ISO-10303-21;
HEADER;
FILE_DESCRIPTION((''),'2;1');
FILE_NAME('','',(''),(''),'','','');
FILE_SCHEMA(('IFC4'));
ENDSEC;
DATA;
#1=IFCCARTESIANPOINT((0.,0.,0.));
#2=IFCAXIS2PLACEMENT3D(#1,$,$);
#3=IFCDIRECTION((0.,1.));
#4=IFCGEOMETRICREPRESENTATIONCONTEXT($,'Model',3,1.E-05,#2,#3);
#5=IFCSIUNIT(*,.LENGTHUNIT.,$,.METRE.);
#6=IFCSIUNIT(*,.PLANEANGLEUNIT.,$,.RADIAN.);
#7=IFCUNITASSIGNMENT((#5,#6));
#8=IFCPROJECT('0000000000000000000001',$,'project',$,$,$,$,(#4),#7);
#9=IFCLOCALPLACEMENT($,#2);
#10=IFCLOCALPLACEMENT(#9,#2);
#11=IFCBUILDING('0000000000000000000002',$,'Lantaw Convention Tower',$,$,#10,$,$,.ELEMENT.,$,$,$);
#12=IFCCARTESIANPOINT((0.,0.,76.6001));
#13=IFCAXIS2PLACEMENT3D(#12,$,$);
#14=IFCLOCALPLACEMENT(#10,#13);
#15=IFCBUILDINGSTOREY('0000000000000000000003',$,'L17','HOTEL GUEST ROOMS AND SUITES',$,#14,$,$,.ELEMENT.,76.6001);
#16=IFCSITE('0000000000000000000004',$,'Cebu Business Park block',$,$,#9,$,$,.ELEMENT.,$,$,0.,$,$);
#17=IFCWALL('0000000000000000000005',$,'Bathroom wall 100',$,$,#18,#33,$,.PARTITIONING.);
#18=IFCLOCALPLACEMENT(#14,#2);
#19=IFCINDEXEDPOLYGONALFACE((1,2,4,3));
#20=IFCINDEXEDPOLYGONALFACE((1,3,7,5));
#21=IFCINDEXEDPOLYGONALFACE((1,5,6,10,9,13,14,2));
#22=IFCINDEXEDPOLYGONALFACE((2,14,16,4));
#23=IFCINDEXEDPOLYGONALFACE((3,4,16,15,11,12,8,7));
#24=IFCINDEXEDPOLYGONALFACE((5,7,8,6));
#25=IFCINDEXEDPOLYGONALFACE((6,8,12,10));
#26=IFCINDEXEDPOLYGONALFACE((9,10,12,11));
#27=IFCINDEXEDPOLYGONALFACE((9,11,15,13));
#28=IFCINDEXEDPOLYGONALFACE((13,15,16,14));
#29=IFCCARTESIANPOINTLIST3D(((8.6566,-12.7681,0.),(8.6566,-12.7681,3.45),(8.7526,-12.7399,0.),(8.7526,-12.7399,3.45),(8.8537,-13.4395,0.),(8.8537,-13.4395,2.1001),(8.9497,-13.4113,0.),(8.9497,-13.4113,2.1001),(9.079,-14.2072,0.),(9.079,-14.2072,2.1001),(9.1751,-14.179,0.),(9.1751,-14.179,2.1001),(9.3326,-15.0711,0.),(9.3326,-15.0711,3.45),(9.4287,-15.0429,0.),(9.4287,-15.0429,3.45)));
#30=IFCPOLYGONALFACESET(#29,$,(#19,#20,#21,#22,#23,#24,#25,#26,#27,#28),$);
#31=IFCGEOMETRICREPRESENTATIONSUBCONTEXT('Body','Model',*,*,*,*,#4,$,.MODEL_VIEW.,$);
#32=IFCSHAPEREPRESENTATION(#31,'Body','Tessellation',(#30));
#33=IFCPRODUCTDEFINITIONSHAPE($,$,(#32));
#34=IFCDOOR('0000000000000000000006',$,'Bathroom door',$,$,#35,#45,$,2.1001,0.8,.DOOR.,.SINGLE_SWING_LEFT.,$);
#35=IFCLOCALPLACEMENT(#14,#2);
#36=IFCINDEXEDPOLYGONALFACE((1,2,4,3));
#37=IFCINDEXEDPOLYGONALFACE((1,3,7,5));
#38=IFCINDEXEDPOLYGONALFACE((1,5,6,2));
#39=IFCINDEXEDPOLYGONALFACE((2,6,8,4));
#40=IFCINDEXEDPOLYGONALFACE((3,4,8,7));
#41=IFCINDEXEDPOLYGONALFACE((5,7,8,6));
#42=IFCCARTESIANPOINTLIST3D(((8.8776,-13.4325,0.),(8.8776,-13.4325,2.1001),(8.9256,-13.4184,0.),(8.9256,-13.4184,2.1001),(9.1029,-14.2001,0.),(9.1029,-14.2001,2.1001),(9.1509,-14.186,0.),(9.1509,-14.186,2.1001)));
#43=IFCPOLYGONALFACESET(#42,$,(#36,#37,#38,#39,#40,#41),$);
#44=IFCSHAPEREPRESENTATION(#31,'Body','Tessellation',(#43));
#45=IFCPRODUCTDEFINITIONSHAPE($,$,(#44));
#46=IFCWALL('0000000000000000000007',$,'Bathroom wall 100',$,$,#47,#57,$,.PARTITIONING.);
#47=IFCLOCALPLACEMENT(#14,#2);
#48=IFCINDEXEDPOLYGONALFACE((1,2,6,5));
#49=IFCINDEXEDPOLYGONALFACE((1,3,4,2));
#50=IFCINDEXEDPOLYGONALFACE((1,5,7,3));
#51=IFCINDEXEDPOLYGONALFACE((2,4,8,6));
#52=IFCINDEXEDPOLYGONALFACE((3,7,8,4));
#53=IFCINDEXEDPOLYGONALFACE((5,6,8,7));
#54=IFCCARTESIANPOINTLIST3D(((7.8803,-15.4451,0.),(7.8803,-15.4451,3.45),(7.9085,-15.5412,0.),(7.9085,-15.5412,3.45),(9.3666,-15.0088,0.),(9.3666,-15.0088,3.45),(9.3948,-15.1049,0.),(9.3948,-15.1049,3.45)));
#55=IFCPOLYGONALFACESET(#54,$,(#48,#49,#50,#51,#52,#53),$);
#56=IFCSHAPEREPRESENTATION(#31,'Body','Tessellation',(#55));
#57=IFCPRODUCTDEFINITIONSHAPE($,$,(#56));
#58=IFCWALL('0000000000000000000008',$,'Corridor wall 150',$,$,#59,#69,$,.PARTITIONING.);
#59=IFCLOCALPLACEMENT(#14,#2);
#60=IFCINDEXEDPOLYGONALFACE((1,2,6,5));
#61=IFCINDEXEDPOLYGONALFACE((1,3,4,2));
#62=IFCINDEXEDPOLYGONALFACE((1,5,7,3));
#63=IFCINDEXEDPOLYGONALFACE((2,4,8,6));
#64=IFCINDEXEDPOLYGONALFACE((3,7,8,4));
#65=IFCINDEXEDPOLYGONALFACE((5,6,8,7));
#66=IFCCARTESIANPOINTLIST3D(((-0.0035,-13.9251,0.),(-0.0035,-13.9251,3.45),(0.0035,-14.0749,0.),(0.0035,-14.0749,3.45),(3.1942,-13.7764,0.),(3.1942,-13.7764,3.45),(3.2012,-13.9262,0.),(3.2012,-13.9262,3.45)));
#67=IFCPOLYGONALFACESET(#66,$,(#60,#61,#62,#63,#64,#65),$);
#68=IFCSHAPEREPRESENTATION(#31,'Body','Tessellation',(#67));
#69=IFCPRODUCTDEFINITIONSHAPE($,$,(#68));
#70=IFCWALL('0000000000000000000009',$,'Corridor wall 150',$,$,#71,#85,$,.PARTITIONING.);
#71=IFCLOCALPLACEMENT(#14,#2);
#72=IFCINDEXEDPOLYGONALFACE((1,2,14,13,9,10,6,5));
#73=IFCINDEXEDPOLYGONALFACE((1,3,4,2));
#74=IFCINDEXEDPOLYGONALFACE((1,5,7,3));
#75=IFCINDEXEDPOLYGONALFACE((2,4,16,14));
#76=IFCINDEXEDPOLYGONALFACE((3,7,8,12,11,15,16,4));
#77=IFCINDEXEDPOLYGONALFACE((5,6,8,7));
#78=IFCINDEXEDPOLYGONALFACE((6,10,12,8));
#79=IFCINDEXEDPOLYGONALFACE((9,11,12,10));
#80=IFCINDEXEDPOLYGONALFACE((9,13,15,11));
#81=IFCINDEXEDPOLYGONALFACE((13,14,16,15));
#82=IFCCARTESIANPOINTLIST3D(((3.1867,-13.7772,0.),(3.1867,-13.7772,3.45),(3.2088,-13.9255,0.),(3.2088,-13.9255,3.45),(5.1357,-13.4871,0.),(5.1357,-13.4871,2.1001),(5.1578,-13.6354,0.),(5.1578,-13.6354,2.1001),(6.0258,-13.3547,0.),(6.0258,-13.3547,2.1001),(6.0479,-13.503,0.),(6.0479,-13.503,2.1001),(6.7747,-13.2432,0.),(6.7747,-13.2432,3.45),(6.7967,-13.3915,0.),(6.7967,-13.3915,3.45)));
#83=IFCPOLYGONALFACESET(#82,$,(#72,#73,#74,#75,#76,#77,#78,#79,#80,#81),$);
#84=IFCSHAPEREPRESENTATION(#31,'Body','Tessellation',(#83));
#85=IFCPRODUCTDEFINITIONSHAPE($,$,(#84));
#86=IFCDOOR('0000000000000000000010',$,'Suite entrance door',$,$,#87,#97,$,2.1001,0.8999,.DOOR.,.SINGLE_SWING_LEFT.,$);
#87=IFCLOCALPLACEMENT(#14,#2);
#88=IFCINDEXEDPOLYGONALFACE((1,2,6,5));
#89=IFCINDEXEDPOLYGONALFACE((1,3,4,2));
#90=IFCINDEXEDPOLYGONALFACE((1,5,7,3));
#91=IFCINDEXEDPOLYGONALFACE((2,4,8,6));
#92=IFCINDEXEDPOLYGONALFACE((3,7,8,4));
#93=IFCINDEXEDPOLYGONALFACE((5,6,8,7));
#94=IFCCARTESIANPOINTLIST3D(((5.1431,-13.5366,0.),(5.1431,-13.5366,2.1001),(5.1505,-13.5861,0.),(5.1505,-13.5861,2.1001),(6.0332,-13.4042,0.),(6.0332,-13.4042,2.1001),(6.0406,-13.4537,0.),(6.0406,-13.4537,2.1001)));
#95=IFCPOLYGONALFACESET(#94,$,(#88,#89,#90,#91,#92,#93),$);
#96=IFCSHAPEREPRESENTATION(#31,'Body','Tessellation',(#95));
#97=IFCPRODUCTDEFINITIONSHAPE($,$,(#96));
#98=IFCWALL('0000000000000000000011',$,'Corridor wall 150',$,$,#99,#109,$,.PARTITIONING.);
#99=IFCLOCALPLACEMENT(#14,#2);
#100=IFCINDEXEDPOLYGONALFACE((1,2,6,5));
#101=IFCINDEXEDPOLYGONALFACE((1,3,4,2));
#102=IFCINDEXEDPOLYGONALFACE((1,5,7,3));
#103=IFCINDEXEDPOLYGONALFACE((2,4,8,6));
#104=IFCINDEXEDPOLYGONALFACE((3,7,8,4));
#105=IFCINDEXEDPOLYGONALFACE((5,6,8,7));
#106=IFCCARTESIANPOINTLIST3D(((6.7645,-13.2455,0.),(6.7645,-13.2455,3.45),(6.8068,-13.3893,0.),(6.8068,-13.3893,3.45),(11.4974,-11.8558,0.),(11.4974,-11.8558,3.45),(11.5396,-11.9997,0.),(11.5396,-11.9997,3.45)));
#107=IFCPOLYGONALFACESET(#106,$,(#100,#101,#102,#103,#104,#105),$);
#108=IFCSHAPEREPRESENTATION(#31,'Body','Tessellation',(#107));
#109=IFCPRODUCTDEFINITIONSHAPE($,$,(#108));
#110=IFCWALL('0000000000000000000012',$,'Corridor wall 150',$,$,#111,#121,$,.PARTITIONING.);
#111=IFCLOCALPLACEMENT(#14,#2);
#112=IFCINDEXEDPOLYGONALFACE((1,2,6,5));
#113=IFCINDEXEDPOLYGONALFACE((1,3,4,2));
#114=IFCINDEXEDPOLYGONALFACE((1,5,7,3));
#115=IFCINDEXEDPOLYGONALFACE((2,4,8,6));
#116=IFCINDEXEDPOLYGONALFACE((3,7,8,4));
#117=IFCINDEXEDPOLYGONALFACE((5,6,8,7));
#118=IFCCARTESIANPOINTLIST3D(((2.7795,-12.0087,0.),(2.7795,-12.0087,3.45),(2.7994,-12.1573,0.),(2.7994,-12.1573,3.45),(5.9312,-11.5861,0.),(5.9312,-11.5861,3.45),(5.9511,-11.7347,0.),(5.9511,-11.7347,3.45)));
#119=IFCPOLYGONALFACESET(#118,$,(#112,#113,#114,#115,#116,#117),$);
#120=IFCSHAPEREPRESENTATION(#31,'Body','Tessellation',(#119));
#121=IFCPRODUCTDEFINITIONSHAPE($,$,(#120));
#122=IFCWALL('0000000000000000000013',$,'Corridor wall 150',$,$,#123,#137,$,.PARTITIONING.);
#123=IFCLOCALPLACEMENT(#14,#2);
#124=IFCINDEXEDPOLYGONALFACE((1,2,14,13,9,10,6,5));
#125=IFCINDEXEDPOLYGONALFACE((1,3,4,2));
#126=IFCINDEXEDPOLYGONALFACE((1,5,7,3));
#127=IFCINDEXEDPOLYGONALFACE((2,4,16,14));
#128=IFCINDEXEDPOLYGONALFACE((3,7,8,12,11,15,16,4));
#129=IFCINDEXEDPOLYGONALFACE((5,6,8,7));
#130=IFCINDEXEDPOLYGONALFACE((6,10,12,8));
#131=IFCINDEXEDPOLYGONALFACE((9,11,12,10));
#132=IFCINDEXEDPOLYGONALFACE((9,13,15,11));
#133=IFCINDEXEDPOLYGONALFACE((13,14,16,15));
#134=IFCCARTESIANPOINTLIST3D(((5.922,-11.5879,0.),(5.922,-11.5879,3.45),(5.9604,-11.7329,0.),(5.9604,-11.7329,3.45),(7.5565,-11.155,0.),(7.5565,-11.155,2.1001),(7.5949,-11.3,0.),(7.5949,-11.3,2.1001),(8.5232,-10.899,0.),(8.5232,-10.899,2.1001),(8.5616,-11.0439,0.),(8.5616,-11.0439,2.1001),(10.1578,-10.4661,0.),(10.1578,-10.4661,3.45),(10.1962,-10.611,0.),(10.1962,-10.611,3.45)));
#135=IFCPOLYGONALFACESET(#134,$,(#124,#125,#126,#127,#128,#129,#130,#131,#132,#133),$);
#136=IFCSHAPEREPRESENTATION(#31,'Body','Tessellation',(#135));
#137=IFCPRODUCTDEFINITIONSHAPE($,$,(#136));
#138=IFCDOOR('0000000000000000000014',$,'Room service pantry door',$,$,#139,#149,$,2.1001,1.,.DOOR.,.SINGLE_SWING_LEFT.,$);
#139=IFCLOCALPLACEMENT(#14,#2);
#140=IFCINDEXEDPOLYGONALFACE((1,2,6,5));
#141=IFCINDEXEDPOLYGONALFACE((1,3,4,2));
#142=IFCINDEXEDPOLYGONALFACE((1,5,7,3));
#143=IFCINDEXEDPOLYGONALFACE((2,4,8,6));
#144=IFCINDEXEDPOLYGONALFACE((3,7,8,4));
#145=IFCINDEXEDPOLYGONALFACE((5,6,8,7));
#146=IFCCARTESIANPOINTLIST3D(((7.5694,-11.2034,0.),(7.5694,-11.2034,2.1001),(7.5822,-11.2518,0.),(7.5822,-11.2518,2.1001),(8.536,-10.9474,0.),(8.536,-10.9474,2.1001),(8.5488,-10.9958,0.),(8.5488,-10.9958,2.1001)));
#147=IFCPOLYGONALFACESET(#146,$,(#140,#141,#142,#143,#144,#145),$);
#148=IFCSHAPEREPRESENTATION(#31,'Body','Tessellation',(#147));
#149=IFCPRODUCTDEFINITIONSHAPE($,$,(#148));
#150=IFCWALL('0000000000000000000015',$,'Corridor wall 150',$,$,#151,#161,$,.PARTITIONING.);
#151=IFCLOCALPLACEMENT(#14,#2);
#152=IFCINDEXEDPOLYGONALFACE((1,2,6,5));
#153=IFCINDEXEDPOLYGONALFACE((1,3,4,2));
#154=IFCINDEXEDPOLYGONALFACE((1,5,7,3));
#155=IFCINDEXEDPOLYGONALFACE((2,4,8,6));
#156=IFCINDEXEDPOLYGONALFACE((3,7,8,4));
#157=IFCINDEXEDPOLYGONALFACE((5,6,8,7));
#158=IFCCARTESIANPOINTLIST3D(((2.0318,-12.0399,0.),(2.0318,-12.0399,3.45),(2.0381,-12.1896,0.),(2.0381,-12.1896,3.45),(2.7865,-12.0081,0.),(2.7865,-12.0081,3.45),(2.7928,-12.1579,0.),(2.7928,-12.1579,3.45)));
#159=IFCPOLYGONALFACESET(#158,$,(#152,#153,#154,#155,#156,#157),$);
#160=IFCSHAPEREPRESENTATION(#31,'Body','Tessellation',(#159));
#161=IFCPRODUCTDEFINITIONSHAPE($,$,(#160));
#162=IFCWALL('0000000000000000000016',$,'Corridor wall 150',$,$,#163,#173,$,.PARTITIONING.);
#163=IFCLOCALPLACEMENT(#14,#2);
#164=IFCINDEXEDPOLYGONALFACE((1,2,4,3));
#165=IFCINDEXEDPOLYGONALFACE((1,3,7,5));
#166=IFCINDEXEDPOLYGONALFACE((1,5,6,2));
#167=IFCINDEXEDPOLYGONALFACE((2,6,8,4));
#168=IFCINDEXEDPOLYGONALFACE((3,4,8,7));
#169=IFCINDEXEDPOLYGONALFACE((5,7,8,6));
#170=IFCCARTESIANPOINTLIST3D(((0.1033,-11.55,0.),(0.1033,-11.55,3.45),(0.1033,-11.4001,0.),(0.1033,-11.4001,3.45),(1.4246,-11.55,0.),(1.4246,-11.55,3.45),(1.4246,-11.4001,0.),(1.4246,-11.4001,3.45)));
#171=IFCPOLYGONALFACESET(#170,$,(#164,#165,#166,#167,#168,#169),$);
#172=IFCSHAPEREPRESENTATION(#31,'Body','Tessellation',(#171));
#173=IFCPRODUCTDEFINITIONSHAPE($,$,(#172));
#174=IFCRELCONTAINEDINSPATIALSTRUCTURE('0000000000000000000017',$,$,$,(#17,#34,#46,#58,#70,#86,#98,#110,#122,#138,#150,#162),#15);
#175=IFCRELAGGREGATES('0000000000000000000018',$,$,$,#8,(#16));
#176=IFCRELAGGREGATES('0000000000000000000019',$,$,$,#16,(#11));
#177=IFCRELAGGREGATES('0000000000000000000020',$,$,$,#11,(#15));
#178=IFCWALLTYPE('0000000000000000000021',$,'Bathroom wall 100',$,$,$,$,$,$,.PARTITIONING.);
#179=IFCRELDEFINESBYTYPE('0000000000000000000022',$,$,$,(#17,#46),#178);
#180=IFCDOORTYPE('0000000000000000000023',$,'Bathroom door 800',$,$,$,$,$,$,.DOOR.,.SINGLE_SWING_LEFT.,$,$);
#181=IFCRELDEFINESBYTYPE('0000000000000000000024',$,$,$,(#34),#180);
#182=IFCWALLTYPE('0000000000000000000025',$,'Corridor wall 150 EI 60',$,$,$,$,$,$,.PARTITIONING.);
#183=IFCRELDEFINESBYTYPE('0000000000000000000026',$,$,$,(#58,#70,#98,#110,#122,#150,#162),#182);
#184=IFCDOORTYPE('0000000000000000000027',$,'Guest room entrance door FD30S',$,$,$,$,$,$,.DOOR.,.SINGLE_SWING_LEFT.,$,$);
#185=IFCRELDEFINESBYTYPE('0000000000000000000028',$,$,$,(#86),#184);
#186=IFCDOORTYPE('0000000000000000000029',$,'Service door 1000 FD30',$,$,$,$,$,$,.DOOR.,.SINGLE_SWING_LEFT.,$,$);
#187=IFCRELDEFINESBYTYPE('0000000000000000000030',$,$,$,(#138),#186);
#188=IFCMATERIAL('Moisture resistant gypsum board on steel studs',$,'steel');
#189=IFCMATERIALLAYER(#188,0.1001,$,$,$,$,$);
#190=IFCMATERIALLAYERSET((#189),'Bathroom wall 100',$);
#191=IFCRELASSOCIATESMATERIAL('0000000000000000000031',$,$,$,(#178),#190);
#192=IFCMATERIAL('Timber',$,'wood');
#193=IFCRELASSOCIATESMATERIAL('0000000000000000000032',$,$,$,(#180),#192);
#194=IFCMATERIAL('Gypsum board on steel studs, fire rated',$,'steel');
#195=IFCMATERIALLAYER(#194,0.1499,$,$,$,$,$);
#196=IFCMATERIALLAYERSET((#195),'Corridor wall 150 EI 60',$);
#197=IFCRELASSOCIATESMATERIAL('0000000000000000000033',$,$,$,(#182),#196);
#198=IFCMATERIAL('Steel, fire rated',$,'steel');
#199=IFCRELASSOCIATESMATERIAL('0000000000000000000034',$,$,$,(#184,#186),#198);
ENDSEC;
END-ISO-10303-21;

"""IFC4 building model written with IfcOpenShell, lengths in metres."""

from ifc_helpers import new_model, si_unit, direction, frame, frame_2d, origin, place, context, subcontext, project, spatial, rectangle, extrude, material, layer, layer_set, type_object, element, fill, save


model = new_model("IFC4")

# Units and contexts
model_context = context("Model", 3, precision=1e-05, world=origin(), true_north=direction((0.0, 1.0)))
body_context = subcontext(model_context, "Body", "Model", "MODEL_VIEW")
ifc_project = project(units=[si_unit("LENGTHUNIT", "METRE"), si_unit("PLANEANGLEUNIT", "RADIAN")], contexts=[model_context])

# Site, building, storey
site_placement = place(None, origin())
site = spatial("IfcSite", under=ifc_project, at=site_placement, Name="Cebu Business Park block", CompositionType="ELEMENT", RefElevation=0.0)
building_placement = place(site_placement, origin())
building = spatial("IfcBuilding", under=site, at=building_placement, Name="Lantaw Convention Tower", CompositionType="ELEMENT")
storey_placement = place(building_placement, frame((0.0, 0.0, 76.6001)))
storey = spatial("IfcBuildingStorey", under=building, at=storey_placement, Name="L17", Description="HOTEL GUEST ROOMS AND SUITES", CompositionType="ELEMENT", Elevation=76.6001)

# Shared definitions
ifc_material_1 = material(Name="Moisture resistant gypsum board on steel studs", Category="steel")
ifc_layer_1 = layer(ifc_material_1, 0.1001)
ifc_layer_set_1 = layer_set([ifc_layer_1], Name="Bathroom wall 100")
wall_type_1 = type_object("IfcWallType", Name="Bathroom wall 100", PredefinedType="PARTITIONING", material=ifc_layer_set_1)
ifc_material_2 = material(Name="Timber", Category="wood")
door_type_1 = type_object("IfcDoorType", Name="Bathroom door 800", OperationType="SINGLE_SWING_LEFT", PredefinedType="DOOR", material=ifc_material_2)

# Wall, opening, door
wall_1_placement = place(storey_placement, frame((8.7046, -12.7539, 0.0), z_axis=(0.0, 0.0, 1.0), x_axis=(0.28166, -0.959514, 0.0)))
wall_1 = element("IfcWall", 1, at=wall_1_placement, inside=storey, type_object=wall_type_1, Name="Bathroom wall 100", PredefinedType="PARTITIONING", context=body_context, shape_type="SweptSolid", body=[
    extrude(rectangle(XDim=2.4001, YDim=0.1001, at=frame_2d((1.2002, 0.0))), origin(), (0.0, 0.0, 1.0), 3.45),
])
opening_1_placement = place(wall_1_placement, frame((0.7, 0.0, 0.0)))
opening_1 = element("IfcOpeningElement", 2, at=opening_1_placement, cuts=wall_1, PredefinedType="OPENING", context=body_context, shape_type="SweptSolid", body=[
    extrude(rectangle(XDim=0.8, YDim=2.1001, at=frame_2d((0.3999, 1.05))), frame((0.0, 0.0601, 0.0), z_axis=(0.0, -1.0, 0.0), x_axis=(1.0, 0.0, 0.0)), (0.0, 0.0, 1.0), 0.1201),
])
door_1_placement = place(opening_1_placement, origin())
door_1 = element("IfcDoor", 3, at=door_1_placement, inside=storey, type_object=door_type_1, Name="Bathroom door", OperationType="SINGLE_SWING_LEFT", OverallHeight=2.1001, OverallWidth=0.8, PredefinedType="DOOR", context=body_context, shape_type="SweptSolid", body=[
    extrude(rectangle(XDim=0.8, YDim=2.1001, at=frame_2d((0.3999, 1.05))), frame((0.0, 0.0249, 0.0), z_axis=(0.0, -1.0, 0.0), x_axis=(1.0, 0.0, 0.0)), (0.0, 0.0, 1.0), 0.05),
])
fill(opening_1, door_1)

# Walls
wall_2_placement = place(storey_placement, frame((9.3806, -15.0569, 0.0), z_axis=(0.0, 0.0, 1.0), x_axis=(-0.959518, -0.281646, 0.0)))
element("IfcWall", 4, at=wall_2_placement, inside=storey, type_object=wall_type_1, Name="Bathroom wall 100", PredefinedType="PARTITIONING", context=body_context, shape_type="SweptSolid", body=[
    extrude(rectangle(XDim=1.5491, YDim=0.1001, at=frame_2d((0.7744, 0.0))), origin(), (0.0, 0.0, 1.0), 3.45),
])
ifc_material_3 = material(Name="Gypsum board on steel studs, fire rated", Category="steel")
ifc_layer_2 = layer(ifc_material_3, 0.1499)
ifc_layer_set_2 = layer_set([ifc_layer_2], Name="Corridor wall 150 EI 60")
wall_type_2 = type_object("IfcWallType", Name="Corridor wall 150 EI 60", PredefinedType="PARTITIONING", material=ifc_layer_set_2)
wall_3_placement = place(storey_placement, frame((0.0, -14.0, 0.0), z_axis=(0.0, 0.0, 1.0), x_axis=(0.998921, 0.046445, 0.0)))
element("IfcWall", 5, at=wall_3_placement, inside=storey, type_object=wall_type_2, Name="Corridor wall 150", PredefinedType="PARTITIONING", context=body_context, shape_type="SweptSolid", body=[
    extrude(rectangle(XDim=3.2012, YDim=0.1499, at=frame_2d((1.6006, 0.0))), origin(), (0.0, 0.0, 1.0), 3.45),
])

# Wall, opening, door
wall_4_placement = place(storey_placement, frame((3.1978, -13.8513, 0.0), z_axis=(0.0, 0.0, 1.0), x_axis=(0.989107, 0.147195, 0.0)))
wall_4 = element("IfcWall", 6, at=wall_4_placement, inside=storey, type_object=wall_type_2, Name="Corridor wall 150", PredefinedType="PARTITIONING", context=body_context, shape_type="SweptSolid", body=[
    extrude(rectangle(XDim=3.6274, YDim=0.1499, at=frame_2d((1.8137, 0.0))), origin(), (0.0, 0.0, 1.0), 3.45),
])
opening_2_placement = place(wall_4_placement, frame((1.9705, 0.0, 0.0)))
opening_2 = element("IfcOpeningElement", 7, at=opening_2_placement, cuts=wall_4, PredefinedType="OPENING", context=body_context, shape_type="SweptSolid", body=[
    extrude(rectangle(XDim=0.8999, YDim=2.1001, at=frame_2d((0.45, 1.05))), frame((0.0, 0.085, 0.0), z_axis=(0.0, -1.0, 0.0), x_axis=(1.0, 0.0, 0.0)), (0.0, 0.0, 1.0), 0.1699),
])
ifc_material_4 = material(Name="Steel, fire rated", Category="steel")
door_type_2 = type_object("IfcDoorType", Name="Guest room entrance door FD30S", OperationType="SINGLE_SWING_LEFT", PredefinedType="DOOR", material=ifc_material_4)
door_2_placement = place(opening_2_placement, origin())
door_2 = element("IfcDoor", 8, at=door_2_placement, inside=storey, type_object=door_type_2, Name="Suite entrance door", OperationType="SINGLE_SWING_LEFT", OverallHeight=2.1001, OverallWidth=0.8999, PredefinedType="DOOR", context=body_context, shape_type="SweptSolid", body=[
    extrude(rectangle(XDim=0.8999, YDim=2.1001, at=frame_2d((0.45, 1.05))), frame((0.0, 0.0249, 0.0), z_axis=(0.0, -1.0, 0.0), x_axis=(1.0, 0.0, 0.0)), (0.0, 0.0, 1.0), 0.05),
])
fill(opening_2, door_2)

# Walls
wall_5_placement = place(storey_placement, frame((6.7856, -13.3174, 0.0), z_axis=(0.0, 0.0, 1.0), x_axis=(0.959496, 0.281721, 0.0)))
element("IfcWall", 9, at=wall_5_placement, inside=storey, type_object=wall_type_2, Name="Corridor wall 150", PredefinedType="PARTITIONING", context=body_context, shape_type="SweptSolid", body=[
    extrude(rectangle(XDim=4.9326, YDim=0.1499, at=frame_2d((2.4663, 0.0))), origin(), (0.0, 0.0, 1.0), 3.45),
])
wall_6_placement = place(storey_placement, frame((2.7896, -12.083, 0.0), z_axis=(0.0, 0.0, 1.0), x_axis=(0.991129, 0.132903, 0.0)))
element("IfcWall", 10, at=wall_6_placement, inside=storey, type_object=wall_type_2, Name="Corridor wall 150", PredefinedType="PARTITIONING", context=body_context, shape_type="SweptSolid", body=[
    extrude(rectangle(XDim=3.1799, YDim=0.1499, at=frame_2d((1.5898, 0.0))), origin(), (0.0, 0.0, 1.0), 3.45),
])

# Wall, opening, door
wall_7_placement = place(storey_placement, frame((5.9412, -11.6604, 0.0), z_axis=(0.0, 0.0, 1.0), x_axis=(0.966673, 0.256015, 0.0)))
wall_7 = element("IfcWall", 11, at=wall_7_placement, inside=storey, type_object=wall_type_2, Name="Corridor wall 150", PredefinedType="PARTITIONING", context=body_context, shape_type="SweptSolid", body=[
    extrude(rectangle(XDim=4.3818, YDim=0.1499, at=frame_2d((2.1909, 0.0))), origin(), (0.0, 0.0, 1.0), 3.45),
])
opening_3_placement = place(wall_7_placement, frame((1.6909, 0.0, 0.0)))
opening_3 = element("IfcOpeningElement", 12, at=opening_3_placement, cuts=wall_7, PredefinedType="OPENING", context=body_context, shape_type="SweptSolid", body=[
    extrude(rectangle(XDim=1.0, YDim=2.1001, at=frame_2d((0.5, 1.05))), frame((0.0, 0.085, 0.0), z_axis=(0.0, -1.0, 0.0), x_axis=(1.0, 0.0, 0.0)), (0.0, 0.0, 1.0), 0.1699),
])
door_type_3 = type_object("IfcDoorType", Name="Service door 1000 FD30", OperationType="SINGLE_SWING_LEFT", PredefinedType="DOOR", material=ifc_material_4)
door_3_placement = place(opening_3_placement, origin())
door_3 = element("IfcDoor", 13, at=door_3_placement, inside=storey, type_object=door_type_3, Name="Room service pantry door", OperationType="SINGLE_SWING_LEFT", OverallHeight=2.1001, OverallWidth=1.0, PredefinedType="DOOR", context=body_context, shape_type="SweptSolid", body=[
    extrude(rectangle(XDim=1.0, YDim=2.1001, at=frame_2d((0.5, 1.05))), frame((0.0, 0.0249, 0.0), z_axis=(0.0, -1.0, 0.0), x_axis=(1.0, 0.0, 0.0)), (0.0, 0.0, 1.0), 0.05),
])
fill(opening_3, door_3)

# Walls
wall_8_placement = place(storey_placement, frame((2.0349, -12.1147, 0.0), z_axis=(0.0, 0.0, 1.0), x_axis=(0.999117, 0.04202, 0.0)))
element("IfcWall", 14, at=wall_8_placement, inside=storey, type_object=wall_type_2, Name="Corridor wall 150", PredefinedType="PARTITIONING", context=body_context, shape_type="SweptSolid", body=[
    extrude(rectangle(XDim=0.7554, YDim=0.1499, at=frame_2d((0.3777, 0.0))), origin(), (0.0, 0.0, 1.0), 3.45),
])
wall_9_placement = place(storey_placement, frame((0.1033, -11.4751, 0.0), z_axis=(0.0, 0.0, 1.0), x_axis=(1.0, 0.0, 0.0)))
element("IfcWall", 15, at=wall_9_placement, inside=storey, type_object=wall_type_2, Name="Corridor wall 150", PredefinedType="PARTITIONING", context=body_context, shape_type="SweptSolid", body=[
    extrude(rectangle(XDim=1.3213, YDim=0.1499, at=frame_2d((0.6606, 0.0))), origin(), (0.0, 0.0, 1.0), 3.45),
])

save(model, "model.ifc")
